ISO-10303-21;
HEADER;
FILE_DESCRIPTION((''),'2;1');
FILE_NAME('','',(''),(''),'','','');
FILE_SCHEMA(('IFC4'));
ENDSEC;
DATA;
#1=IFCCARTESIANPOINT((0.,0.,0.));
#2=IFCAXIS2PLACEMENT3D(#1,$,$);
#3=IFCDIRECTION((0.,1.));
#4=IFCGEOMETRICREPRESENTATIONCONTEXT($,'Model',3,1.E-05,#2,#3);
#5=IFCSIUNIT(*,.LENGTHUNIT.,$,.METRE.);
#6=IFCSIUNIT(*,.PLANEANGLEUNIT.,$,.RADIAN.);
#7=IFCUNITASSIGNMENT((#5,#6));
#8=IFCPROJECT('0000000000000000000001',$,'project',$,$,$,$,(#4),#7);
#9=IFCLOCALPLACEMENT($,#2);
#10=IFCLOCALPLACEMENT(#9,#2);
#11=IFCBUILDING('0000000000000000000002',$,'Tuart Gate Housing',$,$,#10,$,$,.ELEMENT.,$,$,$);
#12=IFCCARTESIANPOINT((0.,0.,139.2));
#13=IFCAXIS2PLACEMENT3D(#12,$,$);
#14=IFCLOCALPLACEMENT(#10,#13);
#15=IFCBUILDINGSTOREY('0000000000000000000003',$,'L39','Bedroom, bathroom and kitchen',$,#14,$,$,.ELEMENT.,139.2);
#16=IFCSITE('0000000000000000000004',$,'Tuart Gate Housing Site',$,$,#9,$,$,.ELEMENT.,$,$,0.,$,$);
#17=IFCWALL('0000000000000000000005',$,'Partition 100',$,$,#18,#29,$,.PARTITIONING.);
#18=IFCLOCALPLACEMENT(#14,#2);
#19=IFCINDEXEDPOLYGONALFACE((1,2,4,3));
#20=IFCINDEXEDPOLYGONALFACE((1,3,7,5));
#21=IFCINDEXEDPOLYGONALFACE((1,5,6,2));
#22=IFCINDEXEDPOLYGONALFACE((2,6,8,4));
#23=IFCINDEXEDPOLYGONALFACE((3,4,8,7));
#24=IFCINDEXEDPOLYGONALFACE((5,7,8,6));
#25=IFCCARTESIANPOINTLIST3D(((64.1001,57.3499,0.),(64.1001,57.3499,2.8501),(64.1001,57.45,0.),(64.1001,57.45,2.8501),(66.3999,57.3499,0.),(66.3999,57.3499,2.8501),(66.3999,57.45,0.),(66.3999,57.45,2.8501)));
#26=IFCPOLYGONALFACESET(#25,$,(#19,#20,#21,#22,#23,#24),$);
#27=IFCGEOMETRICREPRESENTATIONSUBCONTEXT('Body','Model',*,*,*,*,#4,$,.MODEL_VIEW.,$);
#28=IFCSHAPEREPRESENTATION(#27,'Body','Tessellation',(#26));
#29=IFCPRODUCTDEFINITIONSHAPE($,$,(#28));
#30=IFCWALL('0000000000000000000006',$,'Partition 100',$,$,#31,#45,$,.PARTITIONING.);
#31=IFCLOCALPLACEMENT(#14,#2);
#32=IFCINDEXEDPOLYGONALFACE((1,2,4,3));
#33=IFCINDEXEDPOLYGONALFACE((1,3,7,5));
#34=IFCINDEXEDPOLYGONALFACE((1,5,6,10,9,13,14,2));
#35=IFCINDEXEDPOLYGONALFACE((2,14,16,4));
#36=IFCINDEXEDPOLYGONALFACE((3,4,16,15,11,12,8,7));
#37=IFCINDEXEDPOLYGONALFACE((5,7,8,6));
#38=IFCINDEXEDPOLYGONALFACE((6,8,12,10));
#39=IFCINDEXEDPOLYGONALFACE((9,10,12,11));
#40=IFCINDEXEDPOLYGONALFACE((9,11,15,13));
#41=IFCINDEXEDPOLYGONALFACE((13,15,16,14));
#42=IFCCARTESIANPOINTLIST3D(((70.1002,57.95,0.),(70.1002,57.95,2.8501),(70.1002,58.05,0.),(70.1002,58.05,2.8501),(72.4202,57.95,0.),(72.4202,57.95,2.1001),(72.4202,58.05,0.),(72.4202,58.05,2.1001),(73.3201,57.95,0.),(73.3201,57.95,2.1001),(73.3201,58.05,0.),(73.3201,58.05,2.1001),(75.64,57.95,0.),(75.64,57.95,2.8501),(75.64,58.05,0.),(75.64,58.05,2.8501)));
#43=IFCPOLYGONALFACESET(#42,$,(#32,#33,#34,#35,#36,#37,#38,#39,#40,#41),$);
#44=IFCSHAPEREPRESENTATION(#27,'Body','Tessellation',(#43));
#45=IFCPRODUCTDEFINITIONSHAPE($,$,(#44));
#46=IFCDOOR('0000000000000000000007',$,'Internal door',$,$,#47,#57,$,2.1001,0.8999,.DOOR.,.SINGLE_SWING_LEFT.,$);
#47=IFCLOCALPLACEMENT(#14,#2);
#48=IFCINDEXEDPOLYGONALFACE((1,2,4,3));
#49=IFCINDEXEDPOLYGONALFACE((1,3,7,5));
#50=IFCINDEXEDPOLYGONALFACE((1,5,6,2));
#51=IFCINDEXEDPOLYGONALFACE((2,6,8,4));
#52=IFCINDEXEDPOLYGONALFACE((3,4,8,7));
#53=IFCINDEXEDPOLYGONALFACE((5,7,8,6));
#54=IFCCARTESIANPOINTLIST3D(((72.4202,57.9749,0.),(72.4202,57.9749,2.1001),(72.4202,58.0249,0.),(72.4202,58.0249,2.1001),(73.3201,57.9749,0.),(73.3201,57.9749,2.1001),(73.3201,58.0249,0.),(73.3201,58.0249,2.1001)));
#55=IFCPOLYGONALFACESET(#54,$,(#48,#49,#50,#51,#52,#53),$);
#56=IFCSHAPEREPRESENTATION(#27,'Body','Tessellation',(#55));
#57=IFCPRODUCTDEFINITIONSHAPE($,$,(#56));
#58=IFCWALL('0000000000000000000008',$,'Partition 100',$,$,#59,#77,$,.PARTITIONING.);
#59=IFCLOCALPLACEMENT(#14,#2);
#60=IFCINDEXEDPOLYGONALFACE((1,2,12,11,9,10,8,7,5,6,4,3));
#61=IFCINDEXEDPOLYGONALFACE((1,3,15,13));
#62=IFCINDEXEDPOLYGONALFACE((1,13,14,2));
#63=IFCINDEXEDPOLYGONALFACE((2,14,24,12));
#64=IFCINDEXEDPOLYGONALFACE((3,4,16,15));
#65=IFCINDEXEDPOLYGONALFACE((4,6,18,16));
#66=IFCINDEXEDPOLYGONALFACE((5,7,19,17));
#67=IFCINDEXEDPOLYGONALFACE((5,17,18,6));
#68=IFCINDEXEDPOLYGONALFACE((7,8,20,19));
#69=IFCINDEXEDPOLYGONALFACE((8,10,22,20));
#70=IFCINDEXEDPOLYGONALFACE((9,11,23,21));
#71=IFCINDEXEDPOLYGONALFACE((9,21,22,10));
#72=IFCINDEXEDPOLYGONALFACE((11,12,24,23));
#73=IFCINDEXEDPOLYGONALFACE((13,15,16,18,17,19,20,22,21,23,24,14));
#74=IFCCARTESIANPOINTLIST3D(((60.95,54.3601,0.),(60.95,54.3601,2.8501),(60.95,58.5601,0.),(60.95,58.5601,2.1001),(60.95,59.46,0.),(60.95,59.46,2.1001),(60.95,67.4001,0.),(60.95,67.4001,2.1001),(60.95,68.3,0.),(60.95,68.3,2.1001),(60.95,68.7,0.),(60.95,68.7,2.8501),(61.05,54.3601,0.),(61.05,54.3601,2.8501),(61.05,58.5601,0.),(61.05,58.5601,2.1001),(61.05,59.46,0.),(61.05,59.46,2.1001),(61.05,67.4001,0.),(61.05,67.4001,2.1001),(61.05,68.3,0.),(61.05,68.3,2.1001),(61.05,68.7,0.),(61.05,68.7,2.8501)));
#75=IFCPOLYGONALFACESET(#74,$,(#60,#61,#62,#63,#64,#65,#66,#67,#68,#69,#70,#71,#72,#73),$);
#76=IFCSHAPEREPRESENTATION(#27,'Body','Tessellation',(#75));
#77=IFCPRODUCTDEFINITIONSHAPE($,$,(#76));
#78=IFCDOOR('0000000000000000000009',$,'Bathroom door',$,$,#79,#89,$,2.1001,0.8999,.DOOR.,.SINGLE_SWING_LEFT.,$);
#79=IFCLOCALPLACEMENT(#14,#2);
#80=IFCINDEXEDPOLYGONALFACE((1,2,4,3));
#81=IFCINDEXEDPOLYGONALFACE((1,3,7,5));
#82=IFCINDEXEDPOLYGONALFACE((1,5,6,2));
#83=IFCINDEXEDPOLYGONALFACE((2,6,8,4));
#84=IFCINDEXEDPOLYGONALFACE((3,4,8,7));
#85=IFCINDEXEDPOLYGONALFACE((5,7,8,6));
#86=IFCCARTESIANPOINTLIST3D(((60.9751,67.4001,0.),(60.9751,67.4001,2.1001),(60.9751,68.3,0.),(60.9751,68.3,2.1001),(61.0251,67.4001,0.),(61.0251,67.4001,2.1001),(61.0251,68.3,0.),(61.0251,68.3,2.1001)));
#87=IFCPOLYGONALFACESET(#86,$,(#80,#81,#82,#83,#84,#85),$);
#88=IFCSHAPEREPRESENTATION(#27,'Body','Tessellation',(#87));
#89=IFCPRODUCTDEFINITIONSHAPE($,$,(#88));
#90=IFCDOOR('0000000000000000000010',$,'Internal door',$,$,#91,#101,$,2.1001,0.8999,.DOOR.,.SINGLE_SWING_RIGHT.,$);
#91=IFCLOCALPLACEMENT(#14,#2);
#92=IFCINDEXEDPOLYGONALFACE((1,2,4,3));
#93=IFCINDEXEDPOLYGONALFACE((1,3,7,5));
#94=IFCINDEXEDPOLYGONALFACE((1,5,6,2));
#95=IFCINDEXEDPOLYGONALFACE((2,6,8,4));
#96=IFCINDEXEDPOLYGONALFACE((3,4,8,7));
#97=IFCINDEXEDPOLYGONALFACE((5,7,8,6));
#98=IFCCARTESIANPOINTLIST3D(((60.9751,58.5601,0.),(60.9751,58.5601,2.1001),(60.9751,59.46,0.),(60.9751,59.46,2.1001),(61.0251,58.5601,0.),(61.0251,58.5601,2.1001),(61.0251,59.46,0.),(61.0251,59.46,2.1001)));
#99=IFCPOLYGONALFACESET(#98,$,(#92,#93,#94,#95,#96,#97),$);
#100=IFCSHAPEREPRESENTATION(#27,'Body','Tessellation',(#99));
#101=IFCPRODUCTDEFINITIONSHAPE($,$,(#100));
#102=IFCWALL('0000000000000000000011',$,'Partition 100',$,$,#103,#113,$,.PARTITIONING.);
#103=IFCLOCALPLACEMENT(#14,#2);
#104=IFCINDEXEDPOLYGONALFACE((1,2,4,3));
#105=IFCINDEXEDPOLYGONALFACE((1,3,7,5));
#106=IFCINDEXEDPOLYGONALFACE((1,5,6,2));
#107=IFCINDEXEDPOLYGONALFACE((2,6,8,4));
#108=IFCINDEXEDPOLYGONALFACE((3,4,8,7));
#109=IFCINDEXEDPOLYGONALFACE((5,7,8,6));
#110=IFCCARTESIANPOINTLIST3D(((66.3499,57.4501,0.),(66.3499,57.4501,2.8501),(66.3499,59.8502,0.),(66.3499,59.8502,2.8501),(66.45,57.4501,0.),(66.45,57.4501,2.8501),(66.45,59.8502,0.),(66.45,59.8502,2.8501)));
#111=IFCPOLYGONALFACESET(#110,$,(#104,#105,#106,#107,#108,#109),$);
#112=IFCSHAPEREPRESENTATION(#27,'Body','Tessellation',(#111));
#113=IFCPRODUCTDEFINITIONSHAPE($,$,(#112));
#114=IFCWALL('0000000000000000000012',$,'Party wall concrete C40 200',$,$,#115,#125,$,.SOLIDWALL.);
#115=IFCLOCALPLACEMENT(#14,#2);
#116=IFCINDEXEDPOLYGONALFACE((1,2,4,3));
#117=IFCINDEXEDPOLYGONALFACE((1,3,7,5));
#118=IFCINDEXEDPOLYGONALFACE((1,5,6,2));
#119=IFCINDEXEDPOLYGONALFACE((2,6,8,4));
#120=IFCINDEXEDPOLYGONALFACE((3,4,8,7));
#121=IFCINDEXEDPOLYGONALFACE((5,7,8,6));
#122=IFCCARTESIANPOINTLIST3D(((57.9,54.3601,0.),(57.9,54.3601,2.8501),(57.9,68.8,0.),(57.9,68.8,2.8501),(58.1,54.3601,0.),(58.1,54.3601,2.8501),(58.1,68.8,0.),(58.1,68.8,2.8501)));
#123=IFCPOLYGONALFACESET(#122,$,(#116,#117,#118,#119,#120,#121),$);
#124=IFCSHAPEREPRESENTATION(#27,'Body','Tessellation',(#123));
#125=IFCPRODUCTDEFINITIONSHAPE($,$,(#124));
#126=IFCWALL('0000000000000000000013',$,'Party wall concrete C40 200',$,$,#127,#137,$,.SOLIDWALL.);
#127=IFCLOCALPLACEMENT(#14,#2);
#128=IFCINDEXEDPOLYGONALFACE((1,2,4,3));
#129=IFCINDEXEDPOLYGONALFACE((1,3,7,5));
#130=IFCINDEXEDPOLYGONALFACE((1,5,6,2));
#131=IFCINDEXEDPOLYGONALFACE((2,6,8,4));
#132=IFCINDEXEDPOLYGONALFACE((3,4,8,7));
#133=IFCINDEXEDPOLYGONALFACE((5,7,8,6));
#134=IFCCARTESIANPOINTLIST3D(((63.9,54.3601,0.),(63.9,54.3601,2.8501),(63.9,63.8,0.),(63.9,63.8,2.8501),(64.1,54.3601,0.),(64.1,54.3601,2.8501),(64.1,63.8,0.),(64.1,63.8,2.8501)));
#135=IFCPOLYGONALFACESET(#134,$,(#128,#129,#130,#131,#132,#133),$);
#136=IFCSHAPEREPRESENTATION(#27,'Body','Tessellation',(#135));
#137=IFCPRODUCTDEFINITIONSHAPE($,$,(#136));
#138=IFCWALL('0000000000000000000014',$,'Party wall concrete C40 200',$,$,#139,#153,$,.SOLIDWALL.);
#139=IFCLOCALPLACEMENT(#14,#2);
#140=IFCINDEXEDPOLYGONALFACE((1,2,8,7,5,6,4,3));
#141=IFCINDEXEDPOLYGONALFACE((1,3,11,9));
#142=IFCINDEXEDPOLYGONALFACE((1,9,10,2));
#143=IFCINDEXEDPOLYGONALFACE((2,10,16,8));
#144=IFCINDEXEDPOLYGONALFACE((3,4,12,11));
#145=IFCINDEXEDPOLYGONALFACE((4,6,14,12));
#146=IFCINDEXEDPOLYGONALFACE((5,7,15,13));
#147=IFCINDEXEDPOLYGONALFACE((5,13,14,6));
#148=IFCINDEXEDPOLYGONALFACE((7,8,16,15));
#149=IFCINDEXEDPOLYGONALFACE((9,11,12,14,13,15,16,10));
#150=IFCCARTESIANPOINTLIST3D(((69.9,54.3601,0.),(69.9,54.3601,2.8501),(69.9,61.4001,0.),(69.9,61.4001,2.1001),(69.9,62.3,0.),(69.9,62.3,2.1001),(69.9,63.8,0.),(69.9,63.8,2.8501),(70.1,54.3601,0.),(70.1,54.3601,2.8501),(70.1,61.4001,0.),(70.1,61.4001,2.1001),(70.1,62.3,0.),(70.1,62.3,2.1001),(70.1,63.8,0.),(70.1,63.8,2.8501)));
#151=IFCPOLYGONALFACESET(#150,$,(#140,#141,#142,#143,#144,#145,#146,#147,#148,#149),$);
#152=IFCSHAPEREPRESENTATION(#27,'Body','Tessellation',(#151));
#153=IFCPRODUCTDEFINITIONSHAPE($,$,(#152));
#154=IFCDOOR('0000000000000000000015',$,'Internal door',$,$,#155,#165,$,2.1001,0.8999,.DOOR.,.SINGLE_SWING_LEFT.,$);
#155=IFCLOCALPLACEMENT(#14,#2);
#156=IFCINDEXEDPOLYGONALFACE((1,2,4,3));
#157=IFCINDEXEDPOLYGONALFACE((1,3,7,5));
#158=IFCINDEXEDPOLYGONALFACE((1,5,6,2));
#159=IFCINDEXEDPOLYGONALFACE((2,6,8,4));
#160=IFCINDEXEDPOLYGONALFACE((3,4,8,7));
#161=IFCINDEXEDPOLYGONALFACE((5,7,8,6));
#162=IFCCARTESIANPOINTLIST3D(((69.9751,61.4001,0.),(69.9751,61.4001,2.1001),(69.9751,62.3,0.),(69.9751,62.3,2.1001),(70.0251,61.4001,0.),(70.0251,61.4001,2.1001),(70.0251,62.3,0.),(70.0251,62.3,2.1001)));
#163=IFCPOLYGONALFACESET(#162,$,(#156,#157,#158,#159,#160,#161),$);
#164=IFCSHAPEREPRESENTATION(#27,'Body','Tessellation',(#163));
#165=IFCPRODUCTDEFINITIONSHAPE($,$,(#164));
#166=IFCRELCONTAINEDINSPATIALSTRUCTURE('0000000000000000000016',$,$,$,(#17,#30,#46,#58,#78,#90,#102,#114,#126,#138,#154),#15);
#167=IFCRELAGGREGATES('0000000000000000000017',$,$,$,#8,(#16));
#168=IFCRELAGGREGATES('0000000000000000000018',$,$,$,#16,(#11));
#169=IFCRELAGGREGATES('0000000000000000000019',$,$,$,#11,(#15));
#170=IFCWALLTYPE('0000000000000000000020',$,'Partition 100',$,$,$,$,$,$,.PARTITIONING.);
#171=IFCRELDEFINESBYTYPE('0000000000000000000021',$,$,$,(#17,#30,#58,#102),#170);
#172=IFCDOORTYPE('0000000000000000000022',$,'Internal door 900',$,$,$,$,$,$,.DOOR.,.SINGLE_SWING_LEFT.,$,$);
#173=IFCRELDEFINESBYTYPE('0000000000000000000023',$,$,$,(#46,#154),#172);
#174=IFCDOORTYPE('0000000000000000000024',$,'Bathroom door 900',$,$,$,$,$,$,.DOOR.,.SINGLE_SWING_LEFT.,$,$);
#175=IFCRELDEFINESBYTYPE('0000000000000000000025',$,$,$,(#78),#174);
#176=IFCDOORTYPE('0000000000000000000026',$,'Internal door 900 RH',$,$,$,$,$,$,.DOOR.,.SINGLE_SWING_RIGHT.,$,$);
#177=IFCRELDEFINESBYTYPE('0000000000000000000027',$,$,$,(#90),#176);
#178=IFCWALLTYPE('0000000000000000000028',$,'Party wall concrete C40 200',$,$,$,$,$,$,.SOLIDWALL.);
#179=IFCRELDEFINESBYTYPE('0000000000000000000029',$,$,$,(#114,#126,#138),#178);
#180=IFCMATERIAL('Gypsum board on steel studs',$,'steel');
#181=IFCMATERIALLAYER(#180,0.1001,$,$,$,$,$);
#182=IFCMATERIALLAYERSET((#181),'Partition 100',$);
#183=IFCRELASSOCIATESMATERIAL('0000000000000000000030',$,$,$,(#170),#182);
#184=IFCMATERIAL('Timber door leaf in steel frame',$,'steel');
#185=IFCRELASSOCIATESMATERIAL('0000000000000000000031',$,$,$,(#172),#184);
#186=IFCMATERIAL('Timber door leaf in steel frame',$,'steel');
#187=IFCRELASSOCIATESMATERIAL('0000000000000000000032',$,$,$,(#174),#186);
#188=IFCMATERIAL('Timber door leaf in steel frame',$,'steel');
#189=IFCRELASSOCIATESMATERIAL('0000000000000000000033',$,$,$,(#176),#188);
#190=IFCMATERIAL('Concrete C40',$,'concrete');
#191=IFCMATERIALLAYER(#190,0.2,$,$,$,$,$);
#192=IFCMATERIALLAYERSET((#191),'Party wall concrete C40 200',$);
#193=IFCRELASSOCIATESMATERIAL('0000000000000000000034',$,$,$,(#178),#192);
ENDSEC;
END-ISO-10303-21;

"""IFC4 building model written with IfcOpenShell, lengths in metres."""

from ifc_helpers import new_model, si_unit, direction, frame, frame_2d, origin, place, context, subcontext, project, spatial, rectangle, extrude, material, layer, layer_set, type_object, element, fill, save


model = new_model("IFC4")

# Units and contexts
model_context = context("Model", 3, precision=1e-05, world=origin(), true_north=direction((0.0, 1.0)))
body_context = subcontext(model_context, "Body", "Model", "MODEL_VIEW")
ifc_project = project(units=[si_unit("LENGTHUNIT", "METRE"), si_unit("PLANEANGLEUNIT", "RADIAN")], contexts=[model_context])

# Site, building, storey
site_placement = place(None, origin())
site = spatial("IfcSite", under=ifc_project, at=site_placement, Name="Tuart Gate Housing Site", CompositionType="ELEMENT", RefElevation=0.0)
building_placement = place(site_placement, origin())
building = spatial("IfcBuilding", under=site, at=building_placement, Name="Tuart Gate Housing", CompositionType="ELEMENT")
storey_placement = place(building_placement, frame((0.0, 0.0, 139.2)))
storey = spatial("IfcBuildingStorey", under=building, at=storey_placement, Name="L39", Description="Bedroom, bathroom and kitchen", CompositionType="ELEMENT", Elevation=139.2)

# Wall
ifc_material_1 = material(Name="Gypsum board on steel studs", Category="steel")
ifc_layer_1 = layer(ifc_material_1, 0.1001)
ifc_layer_set_1 = layer_set([ifc_layer_1], Name="Partition 100")
wall_type_1 = type_object("IfcWallType", Name="Partition 100", PredefinedType="PARTITIONING", material=ifc_layer_set_1)
wall_1_placement = place(storey_placement, frame((64.1001, 57.3999, 0.0), z_axis=(0.0, 0.0, 1.0), x_axis=(1.0, 0.0, 0.0)))
element("IfcWall", 1, at=wall_1_placement, inside=storey, type_object=wall_type_1, Name="Partition 100", PredefinedType="PARTITIONING", context=body_context, shape_type="SweptSolid", body=[
    extrude(rectangle(XDim=2.2998, YDim=0.1001, at=frame_2d((1.1499, 0.0))), origin(), (0.0, 0.0, 1.0), 2.8501),
])

# Wall, opening, door
wall_2_placement = place(storey_placement, frame((70.1001, 58.0, 0.0), z_axis=(0.0, 0.0, 1.0), x_axis=(1.0, 0.0, 0.0)))
wall_2 = element("IfcWall", 2, at=wall_2_placement, inside=storey, type_object=wall_type_1, Name="Partition 100", PredefinedType="PARTITIONING", context=body_context, shape_type="SweptSolid", body=[
    extrude(rectangle(XDim=5.5398, YDim=0.1001, at=frame_2d((2.77, 0.0))), origin(), (0.0, 0.0, 1.0), 2.8501),
])
opening_1_placement = place(wall_2_placement, frame((2.3201, 0.0, 0.0)))
opening_1 = element("IfcOpeningElement", 3, at=opening_1_placement, cuts=wall_2, PredefinedType="OPENING", context=body_context, shape_type="SweptSolid", body=[
    extrude(rectangle(XDim=0.8999, YDim=2.1001, at=frame_2d((0.45, 1.05))), frame((0.0, 0.0601, 0.0), z_axis=(0.0, -1.0, 0.0), x_axis=(1.0, 0.0, 0.0)), (0.0, 0.0, 1.0), 0.1201),
])
ifc_material_2 = material(Name="Timber door leaf in steel frame", Category="steel")
door_type_1 = type_object("IfcDoorType", Name="Internal door 900", OperationType="SINGLE_SWING_LEFT", PredefinedType="DOOR", material=ifc_material_2)
door_1_placement = place(opening_1_placement, frame((0.8999, 0.0, 0.0), z_axis=(0.0, 0.0, 1.0), x_axis=(-1.0, 0.0, 0.0)))
door_1 = element("IfcDoor", 4, at=door_1_placement, inside=storey, type_object=door_type_1, Name="Internal door", OperationType="SINGLE_SWING_LEFT", OverallHeight=2.1001, OverallWidth=0.8999, PredefinedType="DOOR", context=body_context, shape_type="SweptSolid", body=[
    extrude(rectangle(XDim=0.8999, YDim=2.1001, at=frame_2d((0.45, 1.05))), frame((0.0, 0.0251, 0.0), z_axis=(0.0, -1.0, 0.0), x_axis=(1.0, 0.0, 0.0)), (0.0, 0.0, 1.0), 0.05),
])
fill(opening_1, door_1)

# Wall, openings, doors
wall_3_placement = place(storey_placement, frame((61.0, 54.3601, 0.0), z_axis=(0.0, 0.0, 1.0), x_axis=(0.0, 1.0, 0.0)))
wall_3 = element("IfcWall", 5, at=wall_3_placement, inside=storey, type_object=wall_type_1, Name="Partition 100", PredefinedType="PARTITIONING", context=body_context, shape_type="SweptSolid", body=[
    extrude(rectangle(XDim=14.3398, YDim=0.1001, at=frame_2d((7.1699, 0.0))), origin(), (0.0, 0.0, 1.0), 2.8501),
])
opening_2_placement = place(wall_3_placement, frame((4.2, 0.0, 0.0)))
opening_2 = element("IfcOpeningElement", 6, at=opening_2_placement, cuts=wall_3, PredefinedType="OPENING", context=body_context, shape_type="SweptSolid", body=[
    extrude(rectangle(XDim=0.8999, YDim=2.1001, at=frame_2d((0.45, 1.05))), frame((0.0, 0.0601, 0.0), z_axis=(0.0, -1.0, 0.0), x_axis=(1.0, 0.0, 0.0)), (0.0, 0.0, 1.0), 0.1201),
])
opening_3_placement = place(wall_3_placement, frame((13.04, 0.0, 0.0)))
opening_3 = element("IfcOpeningElement", 7, at=opening_3_placement, cuts=wall_3, PredefinedType="OPENING", context=body_context, shape_type="SweptSolid", body=[
    extrude(rectangle(XDim=0.8999, YDim=2.1001, at=frame_2d((0.45, 1.05))), frame((0.0, 0.0601, 0.0), z_axis=(0.0, -1.0, 0.0), x_axis=(1.0, 0.0, 0.0)), (0.0, 0.0, 1.0), 0.1201),
])
ifc_material_3 = material(Name="Timber door leaf in steel frame", Category="steel")
door_type_2 = type_object("IfcDoorType", Name="Bathroom door 900", OperationType="SINGLE_SWING_LEFT", PredefinedType="DOOR", material=ifc_material_3)
door_2_placement = place(opening_3_placement, frame((0.8999, 0.0, 0.0), z_axis=(0.0, 0.0, 1.0), x_axis=(-1.0, 0.0, 0.0)))
door_2 = element("IfcDoor", 8, at=door_2_placement, inside=storey, type_object=door_type_2, Name="Bathroom door", OperationType="SINGLE_SWING_LEFT", OverallHeight=2.1001, OverallWidth=0.8999, PredefinedType="DOOR", context=body_context, shape_type="SweptSolid", body=[
    extrude(rectangle(XDim=0.8999, YDim=2.1001, at=frame_2d((0.45, 1.05))), frame((0.0, 0.0251, 0.0), z_axis=(0.0, -1.0, 0.0), x_axis=(1.0, 0.0, 0.0)), (0.0, 0.0, 1.0), 0.05),
])
fill(opening_3, door_2)
ifc_material_4 = material(Name="Timber door leaf in steel frame", Category="steel")
door_type_3 = type_object("IfcDoorType", Name="Internal door 900 RH", OperationType="SINGLE_SWING_RIGHT", PredefinedType="DOOR", material=ifc_material_4)
door_3_placement = place(opening_2_placement, frame((0.8999, 0.0, 0.0), z_axis=(0.0, 0.0, 1.0), x_axis=(-1.0, 0.0, 0.0)))
door_3 = element("IfcDoor", 9, at=door_3_placement, inside=storey, type_object=door_type_3, Name="Internal door", OperationType="SINGLE_SWING_RIGHT", OverallHeight=2.1001, OverallWidth=0.8999, PredefinedType="DOOR", context=body_context, shape_type="SweptSolid", body=[
    extrude(rectangle(XDim=0.8999, YDim=2.1001, at=frame_2d((0.45, 1.05))), frame((0.0, 0.0251, 0.0), z_axis=(0.0, -1.0, 0.0), x_axis=(1.0, 0.0, 0.0)), (0.0, 0.0, 1.0), 0.05),
])
fill(opening_2, door_3)

# Walls
wall_4_placement = place(storey_placement, frame((66.3999, 57.45, 0.0), z_axis=(0.0, 0.0, 1.0), x_axis=(0.0, 1.0, 0.0)))
element("IfcWall", 10, at=wall_4_placement, inside=storey, type_object=wall_type_1, Name="Partition 100", PredefinedType="PARTITIONING", context=body_context, shape_type="SweptSolid", body=[
    extrude(rectangle(XDim=2.4001, YDim=0.1001, at=frame_2d((1.2002, 0.0))), origin(), (0.0, 0.0, 1.0), 2.8501),
])
ifc_material_5 = material(Name="Concrete C40", Category="concrete")
ifc_layer_2 = layer(ifc_material_5, 0.2)
ifc_layer_set_2 = layer_set([ifc_layer_2], Name="Party wall concrete C40 200")
wall_type_2 = type_object("IfcWallType", Name="Party wall concrete C40 200", PredefinedType="SOLIDWALL", material=ifc_layer_set_2)
wall_5_placement = place(storey_placement, frame((58.0, 54.3601, 0.0), z_axis=(0.0, 0.0, 1.0), x_axis=(0.0, 1.0, 0.0)))
element("IfcWall", 11, at=wall_5_placement, inside=storey, type_object=wall_type_2, Name="Party wall concrete C40 200", PredefinedType="SOLIDWALL", context=body_context, shape_type="SweptSolid", body=[
    extrude(rectangle(XDim=14.4399, YDim=0.2, at=frame_2d((7.22, 0.0))), origin(), (0.0, 0.0, 1.0), 2.8501),
])
wall_6_placement = place(storey_placement, frame((64.0, 54.3601, 0.0), z_axis=(0.0, 0.0, 1.0), x_axis=(0.0, 1.0, 0.0)))
element("IfcWall", 12, at=wall_6_placement, inside=storey, type_object=wall_type_2, Name="Party wall concrete C40 200", PredefinedType="SOLIDWALL", context=body_context, shape_type="SweptSolid", body=[
    extrude(rectangle(XDim=9.4399, YDim=0.2, at=frame_2d((4.72, 0.0))), origin(), (0.0, 0.0, 1.0), 2.8501),
])

# Wall, opening, door
wall_7_placement = place(storey_placement, frame((70.0, 54.3601, 0.0), z_axis=(0.0, 0.0, 1.0), x_axis=(0.0, 1.0, 0.0)))
wall_7 = element("IfcWall", 13, at=wall_7_placement, inside=storey, type_object=wall_type_2, Name="Party wall concrete C40 200", PredefinedType="SOLIDWALL", context=body_context, shape_type="SweptSolid", body=[
    extrude(rectangle(XDim=9.4399, YDim=0.2, at=frame_2d((4.72, 0.0))), origin(), (0.0, 0.0, 1.0), 2.8501),
])
opening_4_placement = place(wall_7_placement, frame((7.04, 0.0, 0.0)))
opening_4 = element("IfcOpeningElement", 14, at=opening_4_placement, cuts=wall_7, PredefinedType="OPENING", context=body_context, shape_type="SweptSolid", body=[
    extrude(rectangle(XDim=0.8999, YDim=2.1001, at=frame_2d((0.45, 1.05))), frame((0.0, 0.1099, 0.0), z_axis=(0.0, -1.0, 0.0), x_axis=(1.0, 0.0, 0.0)), (0.0, 0.0, 1.0), 0.22),
])
door_4_placement = place(opening_4_placement, origin())
door_4 = element("IfcDoor", 15, at=door_4_placement, inside=storey, type_object=door_type_1, Name="Internal door", OperationType="SINGLE_SWING_LEFT", OverallHeight=2.1001, OverallWidth=0.8999, PredefinedType="DOOR", context=body_context, shape_type="SweptSolid", body=[
    extrude(rectangle(XDim=0.8999, YDim=2.1001, at=frame_2d((0.45, 1.05))), frame((0.0, 0.0249, 0.0), z_axis=(0.0, -1.0, 0.0), x_axis=(1.0, 0.0, 0.0)), (0.0, 0.0, 1.0), 0.05),
])
fill(opening_4, door_4)

save(model, "model.ifc")
